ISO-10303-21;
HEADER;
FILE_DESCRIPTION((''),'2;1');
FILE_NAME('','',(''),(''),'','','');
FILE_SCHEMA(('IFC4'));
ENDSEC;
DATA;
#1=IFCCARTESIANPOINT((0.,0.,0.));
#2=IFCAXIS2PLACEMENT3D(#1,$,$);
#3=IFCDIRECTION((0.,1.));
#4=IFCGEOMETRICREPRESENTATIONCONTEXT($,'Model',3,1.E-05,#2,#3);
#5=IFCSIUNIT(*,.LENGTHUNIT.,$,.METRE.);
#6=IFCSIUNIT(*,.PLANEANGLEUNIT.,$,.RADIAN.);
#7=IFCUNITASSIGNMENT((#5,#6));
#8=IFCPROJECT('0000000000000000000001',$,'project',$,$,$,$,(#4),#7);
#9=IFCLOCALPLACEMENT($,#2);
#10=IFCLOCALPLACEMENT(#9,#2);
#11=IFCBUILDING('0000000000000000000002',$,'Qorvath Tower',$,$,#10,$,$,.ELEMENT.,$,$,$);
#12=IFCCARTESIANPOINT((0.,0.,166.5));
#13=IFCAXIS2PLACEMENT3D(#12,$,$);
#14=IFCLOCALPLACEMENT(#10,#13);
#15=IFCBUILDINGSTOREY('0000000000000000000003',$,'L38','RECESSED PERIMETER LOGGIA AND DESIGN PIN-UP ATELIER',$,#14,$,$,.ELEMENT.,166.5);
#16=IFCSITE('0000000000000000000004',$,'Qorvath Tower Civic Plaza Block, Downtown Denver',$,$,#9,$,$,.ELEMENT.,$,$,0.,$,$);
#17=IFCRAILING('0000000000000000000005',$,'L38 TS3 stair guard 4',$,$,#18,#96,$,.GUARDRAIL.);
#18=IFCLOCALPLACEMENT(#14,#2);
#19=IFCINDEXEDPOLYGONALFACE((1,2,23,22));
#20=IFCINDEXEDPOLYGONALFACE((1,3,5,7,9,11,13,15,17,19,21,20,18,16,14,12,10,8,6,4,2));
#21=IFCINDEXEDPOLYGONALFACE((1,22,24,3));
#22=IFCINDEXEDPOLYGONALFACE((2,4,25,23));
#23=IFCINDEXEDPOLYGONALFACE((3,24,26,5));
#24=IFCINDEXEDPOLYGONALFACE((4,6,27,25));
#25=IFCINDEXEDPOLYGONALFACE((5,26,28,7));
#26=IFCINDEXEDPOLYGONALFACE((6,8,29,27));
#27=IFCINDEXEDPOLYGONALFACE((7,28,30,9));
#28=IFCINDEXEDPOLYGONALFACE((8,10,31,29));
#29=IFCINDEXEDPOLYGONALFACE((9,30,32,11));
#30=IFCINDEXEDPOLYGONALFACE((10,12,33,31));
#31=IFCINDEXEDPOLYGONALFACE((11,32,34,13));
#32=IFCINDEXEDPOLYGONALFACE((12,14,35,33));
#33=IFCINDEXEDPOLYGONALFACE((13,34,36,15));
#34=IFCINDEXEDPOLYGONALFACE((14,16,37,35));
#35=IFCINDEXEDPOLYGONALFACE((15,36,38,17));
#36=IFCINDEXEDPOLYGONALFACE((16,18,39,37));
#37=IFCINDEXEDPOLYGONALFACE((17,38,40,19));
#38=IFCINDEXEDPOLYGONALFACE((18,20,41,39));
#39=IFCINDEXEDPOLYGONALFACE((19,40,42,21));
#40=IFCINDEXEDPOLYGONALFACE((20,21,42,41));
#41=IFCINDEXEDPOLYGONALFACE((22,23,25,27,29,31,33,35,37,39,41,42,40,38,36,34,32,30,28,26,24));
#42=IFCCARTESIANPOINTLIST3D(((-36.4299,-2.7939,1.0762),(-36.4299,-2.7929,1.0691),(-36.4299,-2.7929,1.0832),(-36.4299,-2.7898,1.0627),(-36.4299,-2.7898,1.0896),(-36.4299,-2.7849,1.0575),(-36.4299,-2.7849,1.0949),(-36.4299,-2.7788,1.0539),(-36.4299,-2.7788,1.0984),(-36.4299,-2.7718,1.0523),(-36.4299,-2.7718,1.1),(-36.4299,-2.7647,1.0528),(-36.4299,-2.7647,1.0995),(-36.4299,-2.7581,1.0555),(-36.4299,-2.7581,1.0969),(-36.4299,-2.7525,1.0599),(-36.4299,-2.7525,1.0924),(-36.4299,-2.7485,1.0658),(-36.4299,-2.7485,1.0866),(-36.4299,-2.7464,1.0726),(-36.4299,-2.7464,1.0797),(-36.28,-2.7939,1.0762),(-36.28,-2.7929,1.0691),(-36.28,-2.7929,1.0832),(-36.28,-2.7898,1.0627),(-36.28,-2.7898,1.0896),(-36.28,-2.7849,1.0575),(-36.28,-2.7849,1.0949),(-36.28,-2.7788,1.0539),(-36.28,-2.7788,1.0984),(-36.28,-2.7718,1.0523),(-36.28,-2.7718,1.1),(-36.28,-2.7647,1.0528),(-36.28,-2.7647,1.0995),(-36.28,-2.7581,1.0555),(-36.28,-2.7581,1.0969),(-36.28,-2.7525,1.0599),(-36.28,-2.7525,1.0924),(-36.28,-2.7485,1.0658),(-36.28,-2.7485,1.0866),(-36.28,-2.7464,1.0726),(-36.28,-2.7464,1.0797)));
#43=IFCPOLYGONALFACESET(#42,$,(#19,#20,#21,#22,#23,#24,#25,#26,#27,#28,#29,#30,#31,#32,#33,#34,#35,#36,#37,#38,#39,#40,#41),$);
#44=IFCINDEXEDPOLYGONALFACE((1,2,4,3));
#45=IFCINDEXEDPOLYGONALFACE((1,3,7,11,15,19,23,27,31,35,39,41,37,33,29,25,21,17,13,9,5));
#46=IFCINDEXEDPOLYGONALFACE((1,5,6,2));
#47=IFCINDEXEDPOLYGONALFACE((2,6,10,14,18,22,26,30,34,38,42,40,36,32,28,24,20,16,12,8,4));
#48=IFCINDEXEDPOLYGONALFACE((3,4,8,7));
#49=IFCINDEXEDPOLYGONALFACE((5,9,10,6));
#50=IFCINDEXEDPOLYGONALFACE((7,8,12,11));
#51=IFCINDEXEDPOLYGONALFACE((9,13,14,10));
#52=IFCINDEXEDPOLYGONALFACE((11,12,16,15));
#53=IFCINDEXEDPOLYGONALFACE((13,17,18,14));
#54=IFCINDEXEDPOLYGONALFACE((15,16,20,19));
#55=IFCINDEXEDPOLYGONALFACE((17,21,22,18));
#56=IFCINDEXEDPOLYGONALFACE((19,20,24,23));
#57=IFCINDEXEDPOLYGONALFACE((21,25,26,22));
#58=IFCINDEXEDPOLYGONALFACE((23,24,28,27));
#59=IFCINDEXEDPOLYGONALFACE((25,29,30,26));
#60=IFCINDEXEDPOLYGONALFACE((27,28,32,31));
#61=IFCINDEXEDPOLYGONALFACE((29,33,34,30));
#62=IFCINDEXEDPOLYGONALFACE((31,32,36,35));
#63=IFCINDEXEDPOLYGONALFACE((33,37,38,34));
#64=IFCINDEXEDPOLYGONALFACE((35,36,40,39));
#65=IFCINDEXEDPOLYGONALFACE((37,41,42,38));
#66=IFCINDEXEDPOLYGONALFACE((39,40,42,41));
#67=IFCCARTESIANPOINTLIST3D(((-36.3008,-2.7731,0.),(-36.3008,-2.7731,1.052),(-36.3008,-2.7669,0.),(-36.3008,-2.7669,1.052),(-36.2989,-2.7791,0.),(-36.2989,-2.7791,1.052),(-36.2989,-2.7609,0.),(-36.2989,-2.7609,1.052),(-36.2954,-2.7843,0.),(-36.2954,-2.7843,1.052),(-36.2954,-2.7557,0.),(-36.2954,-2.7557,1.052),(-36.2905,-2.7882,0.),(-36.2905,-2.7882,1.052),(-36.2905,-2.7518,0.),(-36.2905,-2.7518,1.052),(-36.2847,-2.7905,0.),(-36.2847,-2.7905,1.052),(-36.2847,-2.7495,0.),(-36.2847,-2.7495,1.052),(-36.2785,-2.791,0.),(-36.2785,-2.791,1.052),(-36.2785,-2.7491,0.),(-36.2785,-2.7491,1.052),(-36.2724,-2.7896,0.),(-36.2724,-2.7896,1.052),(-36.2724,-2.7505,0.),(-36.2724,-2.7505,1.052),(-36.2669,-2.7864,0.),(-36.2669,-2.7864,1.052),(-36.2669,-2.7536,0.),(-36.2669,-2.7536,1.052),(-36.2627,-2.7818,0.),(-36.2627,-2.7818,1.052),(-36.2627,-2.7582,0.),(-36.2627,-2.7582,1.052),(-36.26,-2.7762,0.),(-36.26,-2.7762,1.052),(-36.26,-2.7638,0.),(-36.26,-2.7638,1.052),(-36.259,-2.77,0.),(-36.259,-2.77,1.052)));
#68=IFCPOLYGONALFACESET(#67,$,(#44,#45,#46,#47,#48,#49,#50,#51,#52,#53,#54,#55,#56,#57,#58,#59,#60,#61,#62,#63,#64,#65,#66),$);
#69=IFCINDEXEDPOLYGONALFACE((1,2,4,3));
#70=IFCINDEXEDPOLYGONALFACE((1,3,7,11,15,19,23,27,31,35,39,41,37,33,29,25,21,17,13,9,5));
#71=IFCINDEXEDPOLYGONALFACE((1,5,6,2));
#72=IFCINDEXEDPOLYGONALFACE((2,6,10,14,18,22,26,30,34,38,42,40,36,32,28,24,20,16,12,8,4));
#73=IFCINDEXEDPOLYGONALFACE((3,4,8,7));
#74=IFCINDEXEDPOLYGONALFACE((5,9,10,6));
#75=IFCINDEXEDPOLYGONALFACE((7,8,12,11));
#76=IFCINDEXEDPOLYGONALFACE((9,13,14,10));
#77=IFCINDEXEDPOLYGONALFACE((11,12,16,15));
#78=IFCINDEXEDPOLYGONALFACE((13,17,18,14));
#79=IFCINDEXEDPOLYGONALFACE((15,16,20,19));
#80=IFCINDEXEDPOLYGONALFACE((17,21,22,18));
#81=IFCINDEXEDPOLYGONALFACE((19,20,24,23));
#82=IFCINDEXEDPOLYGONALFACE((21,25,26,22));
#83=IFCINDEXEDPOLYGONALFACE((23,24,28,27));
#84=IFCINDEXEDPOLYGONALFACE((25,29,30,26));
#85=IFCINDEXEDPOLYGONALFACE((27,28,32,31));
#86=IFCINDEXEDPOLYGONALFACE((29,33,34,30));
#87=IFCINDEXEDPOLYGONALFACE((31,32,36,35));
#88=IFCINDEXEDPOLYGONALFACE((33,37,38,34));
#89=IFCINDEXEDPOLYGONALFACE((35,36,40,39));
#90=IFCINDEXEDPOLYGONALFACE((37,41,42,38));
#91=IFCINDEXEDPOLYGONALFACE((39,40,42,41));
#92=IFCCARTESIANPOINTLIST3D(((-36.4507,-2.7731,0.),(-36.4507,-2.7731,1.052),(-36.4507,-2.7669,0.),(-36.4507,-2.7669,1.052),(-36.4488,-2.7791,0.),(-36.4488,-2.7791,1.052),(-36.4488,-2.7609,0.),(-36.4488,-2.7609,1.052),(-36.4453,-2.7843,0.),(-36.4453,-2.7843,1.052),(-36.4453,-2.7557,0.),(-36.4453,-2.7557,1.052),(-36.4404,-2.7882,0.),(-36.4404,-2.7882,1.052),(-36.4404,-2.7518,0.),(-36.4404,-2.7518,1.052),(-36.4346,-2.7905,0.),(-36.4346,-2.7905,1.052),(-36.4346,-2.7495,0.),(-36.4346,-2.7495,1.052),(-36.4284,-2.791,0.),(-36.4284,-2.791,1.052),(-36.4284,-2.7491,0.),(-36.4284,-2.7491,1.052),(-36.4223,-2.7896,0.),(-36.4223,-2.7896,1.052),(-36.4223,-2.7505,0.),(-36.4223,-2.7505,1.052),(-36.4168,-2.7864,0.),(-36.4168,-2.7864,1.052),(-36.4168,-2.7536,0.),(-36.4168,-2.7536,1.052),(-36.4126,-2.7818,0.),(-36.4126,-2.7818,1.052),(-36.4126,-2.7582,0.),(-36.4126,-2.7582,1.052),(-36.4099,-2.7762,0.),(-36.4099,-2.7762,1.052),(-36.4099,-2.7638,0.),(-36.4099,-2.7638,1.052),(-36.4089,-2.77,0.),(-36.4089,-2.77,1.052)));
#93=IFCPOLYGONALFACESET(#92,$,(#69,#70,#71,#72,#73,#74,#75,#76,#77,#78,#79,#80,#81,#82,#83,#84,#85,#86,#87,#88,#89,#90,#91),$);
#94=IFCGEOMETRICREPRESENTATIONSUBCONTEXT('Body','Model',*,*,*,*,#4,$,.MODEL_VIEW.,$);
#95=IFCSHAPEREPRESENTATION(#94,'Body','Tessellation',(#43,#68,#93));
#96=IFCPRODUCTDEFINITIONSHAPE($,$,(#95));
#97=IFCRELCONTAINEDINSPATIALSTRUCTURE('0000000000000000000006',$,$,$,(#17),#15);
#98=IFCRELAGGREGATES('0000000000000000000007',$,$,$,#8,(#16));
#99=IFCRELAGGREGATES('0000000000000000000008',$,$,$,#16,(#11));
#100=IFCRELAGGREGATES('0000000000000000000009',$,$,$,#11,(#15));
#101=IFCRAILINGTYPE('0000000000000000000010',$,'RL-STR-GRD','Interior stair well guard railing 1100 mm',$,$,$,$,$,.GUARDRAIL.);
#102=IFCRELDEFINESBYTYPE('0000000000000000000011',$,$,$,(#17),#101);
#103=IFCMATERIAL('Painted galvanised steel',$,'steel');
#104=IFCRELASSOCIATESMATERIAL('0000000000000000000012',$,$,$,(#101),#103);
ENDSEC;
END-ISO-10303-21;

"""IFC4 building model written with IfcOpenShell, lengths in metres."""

from ifc_helpers import new_model, si_unit, direction, frame, origin, origin_2d, place, context, subcontext, project, spatial, circle, extrude, material, type_object, element, save


model = new_model("IFC4")

# Units and contexts
model_context = context("Model", 3, precision=1e-05, world=origin(), true_north=direction((0.0, 1.0)))
body_context = subcontext(model_context, "Body", "Model", "MODEL_VIEW")
ifc_project = project(units=[si_unit("LENGTHUNIT", "METRE"), si_unit("PLANEANGLEUNIT", "RADIAN")], contexts=[model_context])

# Site, building, storey
site_placement = place(None, origin())
site = spatial("IfcSite", under=ifc_project, at=site_placement, Name="Qorvath Tower Civic Plaza Block, Downtown Denver", CompositionType="ELEMENT", RefElevation=0.0)
building_placement = place(site_placement, origin())
building = spatial("IfcBuilding", under=site, at=building_placement, Name="Qorvath Tower", CompositionType="ELEMENT")
storey_placement = place(building_placement, frame((0.0, 0.0, 166.5)))
storey = spatial("IfcBuildingStorey", under=building, at=storey_placement, Name="L38", Description="RECESSED PERIMETER LOGGIA AND DESIGN PIN-UP ATELIER", CompositionType="ELEMENT", Elevation=166.5)

# Railing
ifc_material_1 = material(Name="Painted galvanised steel", Category="steel")
railing_type_1 = type_object("IfcRailingType", Name="RL-STR-GRD", Description="Interior stair well guard railing 1100 mm", PredefinedType="GUARDRAIL", material=ifc_material_1)
railing_1_placement = place(storey_placement, frame((-36.28, -2.77, 0.0)))
element("IfcRailing", 1, at=railing_1_placement, inside=storey, type_object=railing_type_1, Name="L38 TS3 stair guard 4", PredefinedType="GUARDRAIL", context=body_context, shape_type="SweptSolid", body=[
    extrude(circle(Radius=0.0239, at=origin_2d()), frame((0.0, 0.0, 1.0762), z_axis=(-1.0, 0.0, 0.0), x_axis=(0.0, -1.0, 0.0)), (0.0, 0.0, 1.0), 0.1499),
    extrude(circle(Radius=0.021, at=origin_2d()), origin(), (0.0, 0.0, 1.0), 1.052),
    extrude(circle(Radius=0.021, at=origin_2d()), frame((-0.1499, 0.0, 0.0)), (0.0, 0.0, 1.0), 1.052),
])

save(model, "model.ifc")
